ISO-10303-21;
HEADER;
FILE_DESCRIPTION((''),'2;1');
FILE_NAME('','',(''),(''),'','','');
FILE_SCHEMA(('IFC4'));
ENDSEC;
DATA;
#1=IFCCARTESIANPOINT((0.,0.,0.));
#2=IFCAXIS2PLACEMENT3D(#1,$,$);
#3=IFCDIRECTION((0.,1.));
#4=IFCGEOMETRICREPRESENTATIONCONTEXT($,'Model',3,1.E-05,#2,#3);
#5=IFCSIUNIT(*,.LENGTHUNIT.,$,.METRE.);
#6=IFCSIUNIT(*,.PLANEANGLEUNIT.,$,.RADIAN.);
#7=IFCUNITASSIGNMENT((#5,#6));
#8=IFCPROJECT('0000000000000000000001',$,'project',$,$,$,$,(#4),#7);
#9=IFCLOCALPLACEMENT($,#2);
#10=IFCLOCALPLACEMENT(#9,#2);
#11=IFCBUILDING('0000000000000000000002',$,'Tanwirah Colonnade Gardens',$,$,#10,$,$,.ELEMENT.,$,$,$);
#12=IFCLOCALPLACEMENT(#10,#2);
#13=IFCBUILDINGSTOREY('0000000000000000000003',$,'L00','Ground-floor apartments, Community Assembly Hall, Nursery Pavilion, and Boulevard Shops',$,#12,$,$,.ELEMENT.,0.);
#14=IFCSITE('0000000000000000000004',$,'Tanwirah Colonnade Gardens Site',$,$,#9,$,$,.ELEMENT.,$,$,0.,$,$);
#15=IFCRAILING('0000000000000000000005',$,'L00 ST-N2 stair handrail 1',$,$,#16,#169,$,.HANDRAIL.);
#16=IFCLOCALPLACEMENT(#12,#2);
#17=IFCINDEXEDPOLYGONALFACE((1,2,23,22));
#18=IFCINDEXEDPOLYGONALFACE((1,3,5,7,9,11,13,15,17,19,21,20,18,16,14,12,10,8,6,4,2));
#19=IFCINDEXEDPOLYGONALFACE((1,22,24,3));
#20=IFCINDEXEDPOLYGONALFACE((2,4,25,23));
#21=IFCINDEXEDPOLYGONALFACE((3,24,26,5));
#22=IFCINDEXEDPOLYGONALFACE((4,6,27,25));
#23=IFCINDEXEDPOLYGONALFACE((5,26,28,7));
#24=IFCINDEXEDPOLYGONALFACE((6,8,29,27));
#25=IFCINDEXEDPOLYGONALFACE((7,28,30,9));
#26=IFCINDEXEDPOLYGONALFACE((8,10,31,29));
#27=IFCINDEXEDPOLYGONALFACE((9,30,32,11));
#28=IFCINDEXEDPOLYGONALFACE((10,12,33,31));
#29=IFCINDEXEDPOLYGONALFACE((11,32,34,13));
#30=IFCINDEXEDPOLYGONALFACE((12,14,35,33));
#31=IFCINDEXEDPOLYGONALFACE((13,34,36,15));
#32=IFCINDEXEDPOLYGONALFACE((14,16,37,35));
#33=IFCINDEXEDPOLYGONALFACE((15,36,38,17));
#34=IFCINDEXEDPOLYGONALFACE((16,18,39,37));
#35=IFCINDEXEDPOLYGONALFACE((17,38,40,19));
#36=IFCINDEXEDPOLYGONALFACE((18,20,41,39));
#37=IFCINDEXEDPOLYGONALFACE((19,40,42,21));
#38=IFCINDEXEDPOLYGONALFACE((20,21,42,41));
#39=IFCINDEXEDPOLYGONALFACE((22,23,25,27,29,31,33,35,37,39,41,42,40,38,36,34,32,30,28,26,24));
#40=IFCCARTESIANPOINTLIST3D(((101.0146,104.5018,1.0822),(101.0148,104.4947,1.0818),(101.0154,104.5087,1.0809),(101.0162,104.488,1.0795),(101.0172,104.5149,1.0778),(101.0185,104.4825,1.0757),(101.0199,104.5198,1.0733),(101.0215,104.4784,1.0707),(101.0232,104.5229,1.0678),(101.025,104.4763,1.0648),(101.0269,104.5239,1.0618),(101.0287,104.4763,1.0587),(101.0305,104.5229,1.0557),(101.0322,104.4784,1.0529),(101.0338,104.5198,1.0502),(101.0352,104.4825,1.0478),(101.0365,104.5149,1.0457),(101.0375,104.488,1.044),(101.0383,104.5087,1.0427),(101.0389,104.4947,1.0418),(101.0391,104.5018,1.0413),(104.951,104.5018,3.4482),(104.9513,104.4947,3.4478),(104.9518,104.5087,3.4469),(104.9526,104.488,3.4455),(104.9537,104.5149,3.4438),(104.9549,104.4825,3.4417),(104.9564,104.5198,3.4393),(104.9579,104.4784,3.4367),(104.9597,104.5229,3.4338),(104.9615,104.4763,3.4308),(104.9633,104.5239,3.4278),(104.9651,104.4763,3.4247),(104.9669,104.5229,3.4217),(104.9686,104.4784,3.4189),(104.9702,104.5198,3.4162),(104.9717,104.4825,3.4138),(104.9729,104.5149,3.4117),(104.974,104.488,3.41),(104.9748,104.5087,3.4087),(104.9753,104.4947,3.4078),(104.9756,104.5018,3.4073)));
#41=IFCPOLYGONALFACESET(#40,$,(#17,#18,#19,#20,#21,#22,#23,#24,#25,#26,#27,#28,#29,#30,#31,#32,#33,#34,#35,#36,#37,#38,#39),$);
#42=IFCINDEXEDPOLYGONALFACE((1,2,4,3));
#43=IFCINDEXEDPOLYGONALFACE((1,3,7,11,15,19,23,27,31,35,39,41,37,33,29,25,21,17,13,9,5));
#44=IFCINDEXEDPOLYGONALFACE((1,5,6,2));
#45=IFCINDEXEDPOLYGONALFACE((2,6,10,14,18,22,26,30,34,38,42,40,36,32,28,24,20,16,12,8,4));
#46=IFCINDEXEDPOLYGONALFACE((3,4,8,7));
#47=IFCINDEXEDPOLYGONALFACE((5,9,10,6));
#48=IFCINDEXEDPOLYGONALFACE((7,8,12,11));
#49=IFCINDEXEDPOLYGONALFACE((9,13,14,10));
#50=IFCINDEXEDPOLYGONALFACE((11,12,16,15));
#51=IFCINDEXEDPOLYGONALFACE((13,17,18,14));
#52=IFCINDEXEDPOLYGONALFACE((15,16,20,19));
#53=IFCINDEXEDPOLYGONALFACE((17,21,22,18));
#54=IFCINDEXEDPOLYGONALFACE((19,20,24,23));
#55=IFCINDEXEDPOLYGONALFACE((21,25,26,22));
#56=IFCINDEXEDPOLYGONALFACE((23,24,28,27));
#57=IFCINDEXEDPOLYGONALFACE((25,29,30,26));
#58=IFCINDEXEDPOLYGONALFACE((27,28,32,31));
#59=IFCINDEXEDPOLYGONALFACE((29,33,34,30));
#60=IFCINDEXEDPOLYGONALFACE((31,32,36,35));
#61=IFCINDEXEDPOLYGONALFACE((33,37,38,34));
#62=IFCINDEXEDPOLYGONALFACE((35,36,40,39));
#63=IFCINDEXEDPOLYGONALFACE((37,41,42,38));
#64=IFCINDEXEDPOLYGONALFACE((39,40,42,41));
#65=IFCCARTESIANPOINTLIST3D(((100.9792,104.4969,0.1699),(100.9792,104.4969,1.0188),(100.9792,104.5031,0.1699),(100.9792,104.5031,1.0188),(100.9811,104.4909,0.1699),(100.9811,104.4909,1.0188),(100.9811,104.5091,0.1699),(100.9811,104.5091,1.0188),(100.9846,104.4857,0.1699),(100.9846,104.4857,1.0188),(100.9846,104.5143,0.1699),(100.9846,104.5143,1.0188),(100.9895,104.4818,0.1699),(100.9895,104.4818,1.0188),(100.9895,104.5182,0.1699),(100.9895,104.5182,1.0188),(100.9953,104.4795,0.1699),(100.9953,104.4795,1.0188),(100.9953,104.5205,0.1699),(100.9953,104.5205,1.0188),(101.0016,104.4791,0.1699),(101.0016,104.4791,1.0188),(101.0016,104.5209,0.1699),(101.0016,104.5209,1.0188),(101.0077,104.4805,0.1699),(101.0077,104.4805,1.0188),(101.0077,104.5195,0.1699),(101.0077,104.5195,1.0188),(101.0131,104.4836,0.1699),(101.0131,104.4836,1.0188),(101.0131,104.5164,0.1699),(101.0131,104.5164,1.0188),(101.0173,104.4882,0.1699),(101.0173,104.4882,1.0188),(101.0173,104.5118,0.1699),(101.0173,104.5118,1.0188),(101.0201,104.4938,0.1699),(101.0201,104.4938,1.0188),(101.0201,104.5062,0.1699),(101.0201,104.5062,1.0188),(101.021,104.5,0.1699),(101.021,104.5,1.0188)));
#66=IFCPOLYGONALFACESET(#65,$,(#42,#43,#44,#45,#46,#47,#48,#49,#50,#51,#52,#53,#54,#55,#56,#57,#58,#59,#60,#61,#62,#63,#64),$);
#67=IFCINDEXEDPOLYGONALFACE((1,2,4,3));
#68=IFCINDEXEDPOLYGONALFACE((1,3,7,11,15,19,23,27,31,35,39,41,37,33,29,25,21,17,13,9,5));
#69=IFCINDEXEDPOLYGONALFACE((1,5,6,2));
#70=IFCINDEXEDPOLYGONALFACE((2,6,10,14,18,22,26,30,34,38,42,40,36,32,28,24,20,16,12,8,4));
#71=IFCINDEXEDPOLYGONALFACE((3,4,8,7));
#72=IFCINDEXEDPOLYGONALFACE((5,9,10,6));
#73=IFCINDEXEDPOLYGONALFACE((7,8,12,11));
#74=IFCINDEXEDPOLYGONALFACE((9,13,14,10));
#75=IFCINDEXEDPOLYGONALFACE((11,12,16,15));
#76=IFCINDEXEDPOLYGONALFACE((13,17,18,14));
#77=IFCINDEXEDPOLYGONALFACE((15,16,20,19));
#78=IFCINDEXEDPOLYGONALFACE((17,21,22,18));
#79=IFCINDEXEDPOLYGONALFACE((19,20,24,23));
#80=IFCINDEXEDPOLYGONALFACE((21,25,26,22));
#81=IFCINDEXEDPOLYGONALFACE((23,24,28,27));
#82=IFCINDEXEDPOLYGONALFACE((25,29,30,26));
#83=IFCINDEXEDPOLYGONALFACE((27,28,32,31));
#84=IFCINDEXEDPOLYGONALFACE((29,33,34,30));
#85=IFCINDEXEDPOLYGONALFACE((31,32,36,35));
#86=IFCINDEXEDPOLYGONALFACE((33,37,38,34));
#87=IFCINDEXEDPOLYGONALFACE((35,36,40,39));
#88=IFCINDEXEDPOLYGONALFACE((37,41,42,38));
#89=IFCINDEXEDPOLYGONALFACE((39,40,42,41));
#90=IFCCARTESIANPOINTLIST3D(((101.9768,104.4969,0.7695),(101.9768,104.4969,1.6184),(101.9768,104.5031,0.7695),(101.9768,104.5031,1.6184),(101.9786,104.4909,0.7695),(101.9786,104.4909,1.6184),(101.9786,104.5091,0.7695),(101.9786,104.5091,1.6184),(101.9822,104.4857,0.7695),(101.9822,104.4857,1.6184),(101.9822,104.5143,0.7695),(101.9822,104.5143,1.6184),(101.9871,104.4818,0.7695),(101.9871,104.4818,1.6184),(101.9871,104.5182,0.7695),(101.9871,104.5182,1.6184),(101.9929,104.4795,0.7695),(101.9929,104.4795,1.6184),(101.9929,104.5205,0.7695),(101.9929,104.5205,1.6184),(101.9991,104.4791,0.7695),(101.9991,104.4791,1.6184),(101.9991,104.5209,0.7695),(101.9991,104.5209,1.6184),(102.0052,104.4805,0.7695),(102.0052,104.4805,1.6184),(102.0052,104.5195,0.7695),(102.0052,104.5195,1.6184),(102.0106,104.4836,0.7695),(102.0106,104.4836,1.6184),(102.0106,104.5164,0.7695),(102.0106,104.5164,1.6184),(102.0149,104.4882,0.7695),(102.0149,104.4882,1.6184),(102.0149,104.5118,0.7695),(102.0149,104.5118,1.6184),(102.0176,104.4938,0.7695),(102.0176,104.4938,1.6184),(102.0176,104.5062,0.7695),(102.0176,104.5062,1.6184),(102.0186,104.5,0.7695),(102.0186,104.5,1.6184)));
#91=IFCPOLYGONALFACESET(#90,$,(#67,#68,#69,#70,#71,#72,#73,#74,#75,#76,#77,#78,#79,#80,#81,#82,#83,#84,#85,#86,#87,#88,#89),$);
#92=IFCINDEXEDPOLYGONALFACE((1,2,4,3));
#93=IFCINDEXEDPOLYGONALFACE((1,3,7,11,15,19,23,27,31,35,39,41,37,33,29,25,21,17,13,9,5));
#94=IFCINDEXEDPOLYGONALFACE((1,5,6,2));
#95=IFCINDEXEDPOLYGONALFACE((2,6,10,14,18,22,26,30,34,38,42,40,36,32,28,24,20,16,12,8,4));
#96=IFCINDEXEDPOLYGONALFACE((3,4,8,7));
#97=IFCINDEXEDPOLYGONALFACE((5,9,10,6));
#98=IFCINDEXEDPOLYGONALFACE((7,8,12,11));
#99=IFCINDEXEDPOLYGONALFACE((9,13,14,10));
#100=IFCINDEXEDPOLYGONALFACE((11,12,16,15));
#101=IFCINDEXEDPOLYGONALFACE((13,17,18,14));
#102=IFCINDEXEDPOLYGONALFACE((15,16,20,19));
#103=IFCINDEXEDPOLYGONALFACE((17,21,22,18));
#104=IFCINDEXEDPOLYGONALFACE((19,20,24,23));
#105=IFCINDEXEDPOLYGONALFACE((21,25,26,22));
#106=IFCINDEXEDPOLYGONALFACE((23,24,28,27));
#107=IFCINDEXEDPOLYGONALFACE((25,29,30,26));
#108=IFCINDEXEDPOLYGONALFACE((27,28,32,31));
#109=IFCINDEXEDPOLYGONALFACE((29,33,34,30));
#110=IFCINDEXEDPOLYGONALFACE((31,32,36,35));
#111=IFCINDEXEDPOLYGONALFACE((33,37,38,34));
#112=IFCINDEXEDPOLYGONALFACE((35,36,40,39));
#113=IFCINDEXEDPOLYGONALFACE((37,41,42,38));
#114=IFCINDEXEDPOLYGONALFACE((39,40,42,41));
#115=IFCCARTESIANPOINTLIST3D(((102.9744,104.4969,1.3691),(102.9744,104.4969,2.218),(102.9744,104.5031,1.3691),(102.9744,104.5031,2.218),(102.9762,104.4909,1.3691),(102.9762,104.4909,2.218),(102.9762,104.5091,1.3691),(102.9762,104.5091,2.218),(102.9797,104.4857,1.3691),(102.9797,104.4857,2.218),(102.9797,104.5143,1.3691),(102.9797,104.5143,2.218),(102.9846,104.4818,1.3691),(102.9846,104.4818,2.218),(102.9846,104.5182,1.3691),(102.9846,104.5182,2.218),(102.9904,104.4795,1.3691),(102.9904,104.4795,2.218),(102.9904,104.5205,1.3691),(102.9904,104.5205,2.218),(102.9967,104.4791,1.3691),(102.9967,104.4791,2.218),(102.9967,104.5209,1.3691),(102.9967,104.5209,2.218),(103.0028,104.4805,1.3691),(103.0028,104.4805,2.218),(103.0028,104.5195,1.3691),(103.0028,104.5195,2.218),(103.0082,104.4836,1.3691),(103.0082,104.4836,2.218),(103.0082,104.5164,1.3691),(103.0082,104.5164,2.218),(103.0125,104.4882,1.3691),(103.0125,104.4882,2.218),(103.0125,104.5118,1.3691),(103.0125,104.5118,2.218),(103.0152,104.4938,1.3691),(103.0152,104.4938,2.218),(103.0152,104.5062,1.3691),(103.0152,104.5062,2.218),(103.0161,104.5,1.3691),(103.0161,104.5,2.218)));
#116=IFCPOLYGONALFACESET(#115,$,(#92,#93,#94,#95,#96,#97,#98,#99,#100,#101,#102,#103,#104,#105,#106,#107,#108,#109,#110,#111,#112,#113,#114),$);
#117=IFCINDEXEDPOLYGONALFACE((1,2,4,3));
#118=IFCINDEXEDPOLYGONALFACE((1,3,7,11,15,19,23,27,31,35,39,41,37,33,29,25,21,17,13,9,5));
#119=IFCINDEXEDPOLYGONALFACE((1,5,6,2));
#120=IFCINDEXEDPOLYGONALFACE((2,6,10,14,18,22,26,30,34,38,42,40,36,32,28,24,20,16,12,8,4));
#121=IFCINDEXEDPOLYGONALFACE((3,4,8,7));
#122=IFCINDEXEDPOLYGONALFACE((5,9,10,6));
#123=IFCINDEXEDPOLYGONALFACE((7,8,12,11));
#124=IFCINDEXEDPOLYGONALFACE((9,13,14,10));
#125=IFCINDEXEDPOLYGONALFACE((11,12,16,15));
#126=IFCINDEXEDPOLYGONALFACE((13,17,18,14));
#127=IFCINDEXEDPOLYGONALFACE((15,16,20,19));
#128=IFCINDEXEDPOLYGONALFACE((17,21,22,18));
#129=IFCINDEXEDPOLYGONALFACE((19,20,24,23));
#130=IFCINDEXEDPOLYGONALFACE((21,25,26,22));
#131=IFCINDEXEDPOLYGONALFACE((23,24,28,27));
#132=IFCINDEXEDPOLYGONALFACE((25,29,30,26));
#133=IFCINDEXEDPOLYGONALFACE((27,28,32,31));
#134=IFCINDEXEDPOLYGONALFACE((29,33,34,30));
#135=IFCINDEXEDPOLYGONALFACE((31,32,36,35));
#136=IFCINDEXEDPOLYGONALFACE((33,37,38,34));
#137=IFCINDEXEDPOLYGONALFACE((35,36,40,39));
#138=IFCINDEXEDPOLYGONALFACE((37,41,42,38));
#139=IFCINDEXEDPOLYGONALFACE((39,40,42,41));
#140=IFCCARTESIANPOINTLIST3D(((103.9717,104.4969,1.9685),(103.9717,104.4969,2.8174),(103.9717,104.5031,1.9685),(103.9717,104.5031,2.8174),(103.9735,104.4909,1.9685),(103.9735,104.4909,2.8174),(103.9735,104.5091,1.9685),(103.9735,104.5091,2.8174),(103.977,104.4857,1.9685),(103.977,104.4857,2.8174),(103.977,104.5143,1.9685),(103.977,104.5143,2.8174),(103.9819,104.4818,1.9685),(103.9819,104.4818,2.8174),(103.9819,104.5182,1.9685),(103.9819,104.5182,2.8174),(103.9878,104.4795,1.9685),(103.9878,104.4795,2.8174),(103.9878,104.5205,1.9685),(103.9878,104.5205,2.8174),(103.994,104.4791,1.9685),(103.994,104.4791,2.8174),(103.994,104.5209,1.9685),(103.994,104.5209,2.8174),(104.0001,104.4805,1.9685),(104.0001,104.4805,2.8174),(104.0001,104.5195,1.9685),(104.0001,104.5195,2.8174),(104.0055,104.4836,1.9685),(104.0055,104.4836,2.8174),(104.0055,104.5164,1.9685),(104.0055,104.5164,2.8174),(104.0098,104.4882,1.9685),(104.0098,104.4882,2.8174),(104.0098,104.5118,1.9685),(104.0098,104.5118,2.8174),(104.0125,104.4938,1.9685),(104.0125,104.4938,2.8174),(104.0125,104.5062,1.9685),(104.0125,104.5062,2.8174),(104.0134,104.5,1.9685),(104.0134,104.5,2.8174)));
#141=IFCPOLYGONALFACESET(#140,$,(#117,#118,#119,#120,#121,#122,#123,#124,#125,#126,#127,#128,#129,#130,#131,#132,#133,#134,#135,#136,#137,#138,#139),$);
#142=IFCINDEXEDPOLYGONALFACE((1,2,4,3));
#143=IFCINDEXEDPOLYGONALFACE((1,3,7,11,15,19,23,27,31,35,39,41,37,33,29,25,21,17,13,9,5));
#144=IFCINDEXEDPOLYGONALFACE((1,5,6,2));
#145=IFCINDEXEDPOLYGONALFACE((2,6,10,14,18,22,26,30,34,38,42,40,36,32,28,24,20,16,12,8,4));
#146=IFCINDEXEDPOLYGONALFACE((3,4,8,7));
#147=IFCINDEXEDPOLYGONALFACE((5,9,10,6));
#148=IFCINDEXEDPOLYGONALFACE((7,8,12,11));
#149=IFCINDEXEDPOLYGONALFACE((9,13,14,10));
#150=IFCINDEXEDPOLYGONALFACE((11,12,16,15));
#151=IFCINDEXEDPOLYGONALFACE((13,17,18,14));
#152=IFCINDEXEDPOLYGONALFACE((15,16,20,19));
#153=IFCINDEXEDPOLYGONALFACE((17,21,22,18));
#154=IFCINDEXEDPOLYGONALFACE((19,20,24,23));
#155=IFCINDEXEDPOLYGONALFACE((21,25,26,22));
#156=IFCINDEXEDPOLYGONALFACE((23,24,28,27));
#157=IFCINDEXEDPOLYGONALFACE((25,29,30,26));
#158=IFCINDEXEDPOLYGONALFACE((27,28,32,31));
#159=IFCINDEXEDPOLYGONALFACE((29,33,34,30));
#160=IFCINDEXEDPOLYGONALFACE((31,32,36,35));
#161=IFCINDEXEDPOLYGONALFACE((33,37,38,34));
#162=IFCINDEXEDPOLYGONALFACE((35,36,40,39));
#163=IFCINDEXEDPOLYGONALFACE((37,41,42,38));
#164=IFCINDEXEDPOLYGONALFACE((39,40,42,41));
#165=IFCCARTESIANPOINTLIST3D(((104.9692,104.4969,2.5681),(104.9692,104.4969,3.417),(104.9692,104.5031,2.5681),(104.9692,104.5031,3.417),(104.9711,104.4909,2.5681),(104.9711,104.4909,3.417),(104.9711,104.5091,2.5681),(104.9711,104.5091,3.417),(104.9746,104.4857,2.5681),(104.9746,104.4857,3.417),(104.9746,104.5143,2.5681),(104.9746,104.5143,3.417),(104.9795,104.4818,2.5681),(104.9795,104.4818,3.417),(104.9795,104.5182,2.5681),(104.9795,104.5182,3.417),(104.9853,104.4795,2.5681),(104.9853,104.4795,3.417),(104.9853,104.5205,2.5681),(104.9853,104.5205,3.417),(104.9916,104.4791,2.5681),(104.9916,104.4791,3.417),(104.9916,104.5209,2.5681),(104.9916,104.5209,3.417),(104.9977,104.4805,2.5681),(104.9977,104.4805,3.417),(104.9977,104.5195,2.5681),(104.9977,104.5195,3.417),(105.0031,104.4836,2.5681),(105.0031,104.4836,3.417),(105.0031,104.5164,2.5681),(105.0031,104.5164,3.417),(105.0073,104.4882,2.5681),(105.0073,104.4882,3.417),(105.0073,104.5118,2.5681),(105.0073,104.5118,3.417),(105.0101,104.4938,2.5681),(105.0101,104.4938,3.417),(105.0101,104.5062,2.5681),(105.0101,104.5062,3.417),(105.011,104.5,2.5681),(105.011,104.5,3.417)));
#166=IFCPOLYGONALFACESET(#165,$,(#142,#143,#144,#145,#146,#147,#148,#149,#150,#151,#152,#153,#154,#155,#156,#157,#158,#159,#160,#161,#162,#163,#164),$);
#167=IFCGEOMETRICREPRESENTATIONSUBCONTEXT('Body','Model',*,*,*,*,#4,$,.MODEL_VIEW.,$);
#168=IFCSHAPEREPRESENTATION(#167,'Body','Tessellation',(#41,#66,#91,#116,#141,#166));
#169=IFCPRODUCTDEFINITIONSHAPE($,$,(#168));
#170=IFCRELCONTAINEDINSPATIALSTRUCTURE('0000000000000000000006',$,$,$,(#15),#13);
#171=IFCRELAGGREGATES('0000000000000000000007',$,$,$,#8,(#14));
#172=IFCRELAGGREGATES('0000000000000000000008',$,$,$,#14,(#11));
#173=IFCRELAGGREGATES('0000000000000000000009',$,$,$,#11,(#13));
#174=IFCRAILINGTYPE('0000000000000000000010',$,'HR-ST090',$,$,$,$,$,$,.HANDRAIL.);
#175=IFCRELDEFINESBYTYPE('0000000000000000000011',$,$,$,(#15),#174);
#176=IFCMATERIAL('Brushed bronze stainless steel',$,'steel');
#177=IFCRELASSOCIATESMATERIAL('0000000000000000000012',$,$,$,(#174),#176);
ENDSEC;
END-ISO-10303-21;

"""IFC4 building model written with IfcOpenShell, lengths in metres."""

from ifc_helpers import new_model, si_unit, direction, frame, origin, origin_2d, place, context, subcontext, project, spatial, circle, extrude, material, type_object, element, save


model = new_model("IFC4")

# Units and contexts
model_context = context("Model", 3, precision=1e-05, world=origin(), true_north=direction((0.0, 1.0)))
body_context = subcontext(model_context, "Body", "Model", "MODEL_VIEW")
ifc_project = project(units=[si_unit("LENGTHUNIT", "METRE"), si_unit("PLANEANGLEUNIT", "RADIAN")], contexts=[model_context])

# Site, building, storey
site_placement = place(None, origin())
site = spatial("IfcSite", under=ifc_project, at=site_placement, Name="Tanwirah Colonnade Gardens Site", CompositionType="ELEMENT", RefElevation=0.0)
building_placement = place(site_placement, origin())
building = spatial("IfcBuilding", under=site, at=building_placement, Name="Tanwirah Colonnade Gardens", CompositionType="ELEMENT")
storey_placement = place(building_placement, origin())
storey = spatial("IfcBuildingStorey", under=building, at=storey_placement, Name="L00", Description="Ground-floor apartments, Community Assembly Hall, Nursery Pavilion, and Boulevard Shops", CompositionType="ELEMENT", Elevation=0.0)

# Railing
ifc_material_1 = material(Name="Brushed bronze stainless steel", Category="steel")
railing_type_1 = type_object("IfcRailingType", Name="HR-ST090", PredefinedType="HANDRAIL", material=ifc_material_1)
railing_1_placement = place(storey_placement, frame((101.0, 104.5, 0.1699)))
element("IfcRailing", 1, at=railing_1_placement, inside=storey, type_object=railing_type_1, Name="L00 ST-N2 stair handrail 1", PredefinedType="HANDRAIL", context=body_context, shape_type="SweptSolid", body=[
    extrude(circle(Radius=0.0239, at=origin_2d()), frame((0.0269, 0.0, 0.8918), z_axis=(0.857095, 0.0, 0.515159), x_axis=(0.0, 1.0, 0.0)), (0.0, 0.0, 1.0), 4.5928),
    extrude(circle(Radius=0.021, at=origin_2d()), origin(), (0.0, 0.0, 1.0), 0.8489),
    extrude(circle(Radius=0.021, at=origin_2d()), frame((0.9976, 0.0, 0.5996)), (0.0, 0.0, 1.0), 0.8489),
    extrude(circle(Radius=0.021, at=origin_2d()), frame((1.9951, 0.0, 1.1992)), (0.0, 0.0, 1.0), 0.8489),
    extrude(circle(Radius=0.021, at=origin_2d()), frame((2.9924, 0.0, 1.7986)), (0.0, 0.0, 1.0), 0.8489),
    extrude(circle(Radius=0.021, at=origin_2d()), frame((3.99, 0.0, 2.3982)), (0.0, 0.0, 1.0), 0.8489),
])

save(model, "model.ifc")
